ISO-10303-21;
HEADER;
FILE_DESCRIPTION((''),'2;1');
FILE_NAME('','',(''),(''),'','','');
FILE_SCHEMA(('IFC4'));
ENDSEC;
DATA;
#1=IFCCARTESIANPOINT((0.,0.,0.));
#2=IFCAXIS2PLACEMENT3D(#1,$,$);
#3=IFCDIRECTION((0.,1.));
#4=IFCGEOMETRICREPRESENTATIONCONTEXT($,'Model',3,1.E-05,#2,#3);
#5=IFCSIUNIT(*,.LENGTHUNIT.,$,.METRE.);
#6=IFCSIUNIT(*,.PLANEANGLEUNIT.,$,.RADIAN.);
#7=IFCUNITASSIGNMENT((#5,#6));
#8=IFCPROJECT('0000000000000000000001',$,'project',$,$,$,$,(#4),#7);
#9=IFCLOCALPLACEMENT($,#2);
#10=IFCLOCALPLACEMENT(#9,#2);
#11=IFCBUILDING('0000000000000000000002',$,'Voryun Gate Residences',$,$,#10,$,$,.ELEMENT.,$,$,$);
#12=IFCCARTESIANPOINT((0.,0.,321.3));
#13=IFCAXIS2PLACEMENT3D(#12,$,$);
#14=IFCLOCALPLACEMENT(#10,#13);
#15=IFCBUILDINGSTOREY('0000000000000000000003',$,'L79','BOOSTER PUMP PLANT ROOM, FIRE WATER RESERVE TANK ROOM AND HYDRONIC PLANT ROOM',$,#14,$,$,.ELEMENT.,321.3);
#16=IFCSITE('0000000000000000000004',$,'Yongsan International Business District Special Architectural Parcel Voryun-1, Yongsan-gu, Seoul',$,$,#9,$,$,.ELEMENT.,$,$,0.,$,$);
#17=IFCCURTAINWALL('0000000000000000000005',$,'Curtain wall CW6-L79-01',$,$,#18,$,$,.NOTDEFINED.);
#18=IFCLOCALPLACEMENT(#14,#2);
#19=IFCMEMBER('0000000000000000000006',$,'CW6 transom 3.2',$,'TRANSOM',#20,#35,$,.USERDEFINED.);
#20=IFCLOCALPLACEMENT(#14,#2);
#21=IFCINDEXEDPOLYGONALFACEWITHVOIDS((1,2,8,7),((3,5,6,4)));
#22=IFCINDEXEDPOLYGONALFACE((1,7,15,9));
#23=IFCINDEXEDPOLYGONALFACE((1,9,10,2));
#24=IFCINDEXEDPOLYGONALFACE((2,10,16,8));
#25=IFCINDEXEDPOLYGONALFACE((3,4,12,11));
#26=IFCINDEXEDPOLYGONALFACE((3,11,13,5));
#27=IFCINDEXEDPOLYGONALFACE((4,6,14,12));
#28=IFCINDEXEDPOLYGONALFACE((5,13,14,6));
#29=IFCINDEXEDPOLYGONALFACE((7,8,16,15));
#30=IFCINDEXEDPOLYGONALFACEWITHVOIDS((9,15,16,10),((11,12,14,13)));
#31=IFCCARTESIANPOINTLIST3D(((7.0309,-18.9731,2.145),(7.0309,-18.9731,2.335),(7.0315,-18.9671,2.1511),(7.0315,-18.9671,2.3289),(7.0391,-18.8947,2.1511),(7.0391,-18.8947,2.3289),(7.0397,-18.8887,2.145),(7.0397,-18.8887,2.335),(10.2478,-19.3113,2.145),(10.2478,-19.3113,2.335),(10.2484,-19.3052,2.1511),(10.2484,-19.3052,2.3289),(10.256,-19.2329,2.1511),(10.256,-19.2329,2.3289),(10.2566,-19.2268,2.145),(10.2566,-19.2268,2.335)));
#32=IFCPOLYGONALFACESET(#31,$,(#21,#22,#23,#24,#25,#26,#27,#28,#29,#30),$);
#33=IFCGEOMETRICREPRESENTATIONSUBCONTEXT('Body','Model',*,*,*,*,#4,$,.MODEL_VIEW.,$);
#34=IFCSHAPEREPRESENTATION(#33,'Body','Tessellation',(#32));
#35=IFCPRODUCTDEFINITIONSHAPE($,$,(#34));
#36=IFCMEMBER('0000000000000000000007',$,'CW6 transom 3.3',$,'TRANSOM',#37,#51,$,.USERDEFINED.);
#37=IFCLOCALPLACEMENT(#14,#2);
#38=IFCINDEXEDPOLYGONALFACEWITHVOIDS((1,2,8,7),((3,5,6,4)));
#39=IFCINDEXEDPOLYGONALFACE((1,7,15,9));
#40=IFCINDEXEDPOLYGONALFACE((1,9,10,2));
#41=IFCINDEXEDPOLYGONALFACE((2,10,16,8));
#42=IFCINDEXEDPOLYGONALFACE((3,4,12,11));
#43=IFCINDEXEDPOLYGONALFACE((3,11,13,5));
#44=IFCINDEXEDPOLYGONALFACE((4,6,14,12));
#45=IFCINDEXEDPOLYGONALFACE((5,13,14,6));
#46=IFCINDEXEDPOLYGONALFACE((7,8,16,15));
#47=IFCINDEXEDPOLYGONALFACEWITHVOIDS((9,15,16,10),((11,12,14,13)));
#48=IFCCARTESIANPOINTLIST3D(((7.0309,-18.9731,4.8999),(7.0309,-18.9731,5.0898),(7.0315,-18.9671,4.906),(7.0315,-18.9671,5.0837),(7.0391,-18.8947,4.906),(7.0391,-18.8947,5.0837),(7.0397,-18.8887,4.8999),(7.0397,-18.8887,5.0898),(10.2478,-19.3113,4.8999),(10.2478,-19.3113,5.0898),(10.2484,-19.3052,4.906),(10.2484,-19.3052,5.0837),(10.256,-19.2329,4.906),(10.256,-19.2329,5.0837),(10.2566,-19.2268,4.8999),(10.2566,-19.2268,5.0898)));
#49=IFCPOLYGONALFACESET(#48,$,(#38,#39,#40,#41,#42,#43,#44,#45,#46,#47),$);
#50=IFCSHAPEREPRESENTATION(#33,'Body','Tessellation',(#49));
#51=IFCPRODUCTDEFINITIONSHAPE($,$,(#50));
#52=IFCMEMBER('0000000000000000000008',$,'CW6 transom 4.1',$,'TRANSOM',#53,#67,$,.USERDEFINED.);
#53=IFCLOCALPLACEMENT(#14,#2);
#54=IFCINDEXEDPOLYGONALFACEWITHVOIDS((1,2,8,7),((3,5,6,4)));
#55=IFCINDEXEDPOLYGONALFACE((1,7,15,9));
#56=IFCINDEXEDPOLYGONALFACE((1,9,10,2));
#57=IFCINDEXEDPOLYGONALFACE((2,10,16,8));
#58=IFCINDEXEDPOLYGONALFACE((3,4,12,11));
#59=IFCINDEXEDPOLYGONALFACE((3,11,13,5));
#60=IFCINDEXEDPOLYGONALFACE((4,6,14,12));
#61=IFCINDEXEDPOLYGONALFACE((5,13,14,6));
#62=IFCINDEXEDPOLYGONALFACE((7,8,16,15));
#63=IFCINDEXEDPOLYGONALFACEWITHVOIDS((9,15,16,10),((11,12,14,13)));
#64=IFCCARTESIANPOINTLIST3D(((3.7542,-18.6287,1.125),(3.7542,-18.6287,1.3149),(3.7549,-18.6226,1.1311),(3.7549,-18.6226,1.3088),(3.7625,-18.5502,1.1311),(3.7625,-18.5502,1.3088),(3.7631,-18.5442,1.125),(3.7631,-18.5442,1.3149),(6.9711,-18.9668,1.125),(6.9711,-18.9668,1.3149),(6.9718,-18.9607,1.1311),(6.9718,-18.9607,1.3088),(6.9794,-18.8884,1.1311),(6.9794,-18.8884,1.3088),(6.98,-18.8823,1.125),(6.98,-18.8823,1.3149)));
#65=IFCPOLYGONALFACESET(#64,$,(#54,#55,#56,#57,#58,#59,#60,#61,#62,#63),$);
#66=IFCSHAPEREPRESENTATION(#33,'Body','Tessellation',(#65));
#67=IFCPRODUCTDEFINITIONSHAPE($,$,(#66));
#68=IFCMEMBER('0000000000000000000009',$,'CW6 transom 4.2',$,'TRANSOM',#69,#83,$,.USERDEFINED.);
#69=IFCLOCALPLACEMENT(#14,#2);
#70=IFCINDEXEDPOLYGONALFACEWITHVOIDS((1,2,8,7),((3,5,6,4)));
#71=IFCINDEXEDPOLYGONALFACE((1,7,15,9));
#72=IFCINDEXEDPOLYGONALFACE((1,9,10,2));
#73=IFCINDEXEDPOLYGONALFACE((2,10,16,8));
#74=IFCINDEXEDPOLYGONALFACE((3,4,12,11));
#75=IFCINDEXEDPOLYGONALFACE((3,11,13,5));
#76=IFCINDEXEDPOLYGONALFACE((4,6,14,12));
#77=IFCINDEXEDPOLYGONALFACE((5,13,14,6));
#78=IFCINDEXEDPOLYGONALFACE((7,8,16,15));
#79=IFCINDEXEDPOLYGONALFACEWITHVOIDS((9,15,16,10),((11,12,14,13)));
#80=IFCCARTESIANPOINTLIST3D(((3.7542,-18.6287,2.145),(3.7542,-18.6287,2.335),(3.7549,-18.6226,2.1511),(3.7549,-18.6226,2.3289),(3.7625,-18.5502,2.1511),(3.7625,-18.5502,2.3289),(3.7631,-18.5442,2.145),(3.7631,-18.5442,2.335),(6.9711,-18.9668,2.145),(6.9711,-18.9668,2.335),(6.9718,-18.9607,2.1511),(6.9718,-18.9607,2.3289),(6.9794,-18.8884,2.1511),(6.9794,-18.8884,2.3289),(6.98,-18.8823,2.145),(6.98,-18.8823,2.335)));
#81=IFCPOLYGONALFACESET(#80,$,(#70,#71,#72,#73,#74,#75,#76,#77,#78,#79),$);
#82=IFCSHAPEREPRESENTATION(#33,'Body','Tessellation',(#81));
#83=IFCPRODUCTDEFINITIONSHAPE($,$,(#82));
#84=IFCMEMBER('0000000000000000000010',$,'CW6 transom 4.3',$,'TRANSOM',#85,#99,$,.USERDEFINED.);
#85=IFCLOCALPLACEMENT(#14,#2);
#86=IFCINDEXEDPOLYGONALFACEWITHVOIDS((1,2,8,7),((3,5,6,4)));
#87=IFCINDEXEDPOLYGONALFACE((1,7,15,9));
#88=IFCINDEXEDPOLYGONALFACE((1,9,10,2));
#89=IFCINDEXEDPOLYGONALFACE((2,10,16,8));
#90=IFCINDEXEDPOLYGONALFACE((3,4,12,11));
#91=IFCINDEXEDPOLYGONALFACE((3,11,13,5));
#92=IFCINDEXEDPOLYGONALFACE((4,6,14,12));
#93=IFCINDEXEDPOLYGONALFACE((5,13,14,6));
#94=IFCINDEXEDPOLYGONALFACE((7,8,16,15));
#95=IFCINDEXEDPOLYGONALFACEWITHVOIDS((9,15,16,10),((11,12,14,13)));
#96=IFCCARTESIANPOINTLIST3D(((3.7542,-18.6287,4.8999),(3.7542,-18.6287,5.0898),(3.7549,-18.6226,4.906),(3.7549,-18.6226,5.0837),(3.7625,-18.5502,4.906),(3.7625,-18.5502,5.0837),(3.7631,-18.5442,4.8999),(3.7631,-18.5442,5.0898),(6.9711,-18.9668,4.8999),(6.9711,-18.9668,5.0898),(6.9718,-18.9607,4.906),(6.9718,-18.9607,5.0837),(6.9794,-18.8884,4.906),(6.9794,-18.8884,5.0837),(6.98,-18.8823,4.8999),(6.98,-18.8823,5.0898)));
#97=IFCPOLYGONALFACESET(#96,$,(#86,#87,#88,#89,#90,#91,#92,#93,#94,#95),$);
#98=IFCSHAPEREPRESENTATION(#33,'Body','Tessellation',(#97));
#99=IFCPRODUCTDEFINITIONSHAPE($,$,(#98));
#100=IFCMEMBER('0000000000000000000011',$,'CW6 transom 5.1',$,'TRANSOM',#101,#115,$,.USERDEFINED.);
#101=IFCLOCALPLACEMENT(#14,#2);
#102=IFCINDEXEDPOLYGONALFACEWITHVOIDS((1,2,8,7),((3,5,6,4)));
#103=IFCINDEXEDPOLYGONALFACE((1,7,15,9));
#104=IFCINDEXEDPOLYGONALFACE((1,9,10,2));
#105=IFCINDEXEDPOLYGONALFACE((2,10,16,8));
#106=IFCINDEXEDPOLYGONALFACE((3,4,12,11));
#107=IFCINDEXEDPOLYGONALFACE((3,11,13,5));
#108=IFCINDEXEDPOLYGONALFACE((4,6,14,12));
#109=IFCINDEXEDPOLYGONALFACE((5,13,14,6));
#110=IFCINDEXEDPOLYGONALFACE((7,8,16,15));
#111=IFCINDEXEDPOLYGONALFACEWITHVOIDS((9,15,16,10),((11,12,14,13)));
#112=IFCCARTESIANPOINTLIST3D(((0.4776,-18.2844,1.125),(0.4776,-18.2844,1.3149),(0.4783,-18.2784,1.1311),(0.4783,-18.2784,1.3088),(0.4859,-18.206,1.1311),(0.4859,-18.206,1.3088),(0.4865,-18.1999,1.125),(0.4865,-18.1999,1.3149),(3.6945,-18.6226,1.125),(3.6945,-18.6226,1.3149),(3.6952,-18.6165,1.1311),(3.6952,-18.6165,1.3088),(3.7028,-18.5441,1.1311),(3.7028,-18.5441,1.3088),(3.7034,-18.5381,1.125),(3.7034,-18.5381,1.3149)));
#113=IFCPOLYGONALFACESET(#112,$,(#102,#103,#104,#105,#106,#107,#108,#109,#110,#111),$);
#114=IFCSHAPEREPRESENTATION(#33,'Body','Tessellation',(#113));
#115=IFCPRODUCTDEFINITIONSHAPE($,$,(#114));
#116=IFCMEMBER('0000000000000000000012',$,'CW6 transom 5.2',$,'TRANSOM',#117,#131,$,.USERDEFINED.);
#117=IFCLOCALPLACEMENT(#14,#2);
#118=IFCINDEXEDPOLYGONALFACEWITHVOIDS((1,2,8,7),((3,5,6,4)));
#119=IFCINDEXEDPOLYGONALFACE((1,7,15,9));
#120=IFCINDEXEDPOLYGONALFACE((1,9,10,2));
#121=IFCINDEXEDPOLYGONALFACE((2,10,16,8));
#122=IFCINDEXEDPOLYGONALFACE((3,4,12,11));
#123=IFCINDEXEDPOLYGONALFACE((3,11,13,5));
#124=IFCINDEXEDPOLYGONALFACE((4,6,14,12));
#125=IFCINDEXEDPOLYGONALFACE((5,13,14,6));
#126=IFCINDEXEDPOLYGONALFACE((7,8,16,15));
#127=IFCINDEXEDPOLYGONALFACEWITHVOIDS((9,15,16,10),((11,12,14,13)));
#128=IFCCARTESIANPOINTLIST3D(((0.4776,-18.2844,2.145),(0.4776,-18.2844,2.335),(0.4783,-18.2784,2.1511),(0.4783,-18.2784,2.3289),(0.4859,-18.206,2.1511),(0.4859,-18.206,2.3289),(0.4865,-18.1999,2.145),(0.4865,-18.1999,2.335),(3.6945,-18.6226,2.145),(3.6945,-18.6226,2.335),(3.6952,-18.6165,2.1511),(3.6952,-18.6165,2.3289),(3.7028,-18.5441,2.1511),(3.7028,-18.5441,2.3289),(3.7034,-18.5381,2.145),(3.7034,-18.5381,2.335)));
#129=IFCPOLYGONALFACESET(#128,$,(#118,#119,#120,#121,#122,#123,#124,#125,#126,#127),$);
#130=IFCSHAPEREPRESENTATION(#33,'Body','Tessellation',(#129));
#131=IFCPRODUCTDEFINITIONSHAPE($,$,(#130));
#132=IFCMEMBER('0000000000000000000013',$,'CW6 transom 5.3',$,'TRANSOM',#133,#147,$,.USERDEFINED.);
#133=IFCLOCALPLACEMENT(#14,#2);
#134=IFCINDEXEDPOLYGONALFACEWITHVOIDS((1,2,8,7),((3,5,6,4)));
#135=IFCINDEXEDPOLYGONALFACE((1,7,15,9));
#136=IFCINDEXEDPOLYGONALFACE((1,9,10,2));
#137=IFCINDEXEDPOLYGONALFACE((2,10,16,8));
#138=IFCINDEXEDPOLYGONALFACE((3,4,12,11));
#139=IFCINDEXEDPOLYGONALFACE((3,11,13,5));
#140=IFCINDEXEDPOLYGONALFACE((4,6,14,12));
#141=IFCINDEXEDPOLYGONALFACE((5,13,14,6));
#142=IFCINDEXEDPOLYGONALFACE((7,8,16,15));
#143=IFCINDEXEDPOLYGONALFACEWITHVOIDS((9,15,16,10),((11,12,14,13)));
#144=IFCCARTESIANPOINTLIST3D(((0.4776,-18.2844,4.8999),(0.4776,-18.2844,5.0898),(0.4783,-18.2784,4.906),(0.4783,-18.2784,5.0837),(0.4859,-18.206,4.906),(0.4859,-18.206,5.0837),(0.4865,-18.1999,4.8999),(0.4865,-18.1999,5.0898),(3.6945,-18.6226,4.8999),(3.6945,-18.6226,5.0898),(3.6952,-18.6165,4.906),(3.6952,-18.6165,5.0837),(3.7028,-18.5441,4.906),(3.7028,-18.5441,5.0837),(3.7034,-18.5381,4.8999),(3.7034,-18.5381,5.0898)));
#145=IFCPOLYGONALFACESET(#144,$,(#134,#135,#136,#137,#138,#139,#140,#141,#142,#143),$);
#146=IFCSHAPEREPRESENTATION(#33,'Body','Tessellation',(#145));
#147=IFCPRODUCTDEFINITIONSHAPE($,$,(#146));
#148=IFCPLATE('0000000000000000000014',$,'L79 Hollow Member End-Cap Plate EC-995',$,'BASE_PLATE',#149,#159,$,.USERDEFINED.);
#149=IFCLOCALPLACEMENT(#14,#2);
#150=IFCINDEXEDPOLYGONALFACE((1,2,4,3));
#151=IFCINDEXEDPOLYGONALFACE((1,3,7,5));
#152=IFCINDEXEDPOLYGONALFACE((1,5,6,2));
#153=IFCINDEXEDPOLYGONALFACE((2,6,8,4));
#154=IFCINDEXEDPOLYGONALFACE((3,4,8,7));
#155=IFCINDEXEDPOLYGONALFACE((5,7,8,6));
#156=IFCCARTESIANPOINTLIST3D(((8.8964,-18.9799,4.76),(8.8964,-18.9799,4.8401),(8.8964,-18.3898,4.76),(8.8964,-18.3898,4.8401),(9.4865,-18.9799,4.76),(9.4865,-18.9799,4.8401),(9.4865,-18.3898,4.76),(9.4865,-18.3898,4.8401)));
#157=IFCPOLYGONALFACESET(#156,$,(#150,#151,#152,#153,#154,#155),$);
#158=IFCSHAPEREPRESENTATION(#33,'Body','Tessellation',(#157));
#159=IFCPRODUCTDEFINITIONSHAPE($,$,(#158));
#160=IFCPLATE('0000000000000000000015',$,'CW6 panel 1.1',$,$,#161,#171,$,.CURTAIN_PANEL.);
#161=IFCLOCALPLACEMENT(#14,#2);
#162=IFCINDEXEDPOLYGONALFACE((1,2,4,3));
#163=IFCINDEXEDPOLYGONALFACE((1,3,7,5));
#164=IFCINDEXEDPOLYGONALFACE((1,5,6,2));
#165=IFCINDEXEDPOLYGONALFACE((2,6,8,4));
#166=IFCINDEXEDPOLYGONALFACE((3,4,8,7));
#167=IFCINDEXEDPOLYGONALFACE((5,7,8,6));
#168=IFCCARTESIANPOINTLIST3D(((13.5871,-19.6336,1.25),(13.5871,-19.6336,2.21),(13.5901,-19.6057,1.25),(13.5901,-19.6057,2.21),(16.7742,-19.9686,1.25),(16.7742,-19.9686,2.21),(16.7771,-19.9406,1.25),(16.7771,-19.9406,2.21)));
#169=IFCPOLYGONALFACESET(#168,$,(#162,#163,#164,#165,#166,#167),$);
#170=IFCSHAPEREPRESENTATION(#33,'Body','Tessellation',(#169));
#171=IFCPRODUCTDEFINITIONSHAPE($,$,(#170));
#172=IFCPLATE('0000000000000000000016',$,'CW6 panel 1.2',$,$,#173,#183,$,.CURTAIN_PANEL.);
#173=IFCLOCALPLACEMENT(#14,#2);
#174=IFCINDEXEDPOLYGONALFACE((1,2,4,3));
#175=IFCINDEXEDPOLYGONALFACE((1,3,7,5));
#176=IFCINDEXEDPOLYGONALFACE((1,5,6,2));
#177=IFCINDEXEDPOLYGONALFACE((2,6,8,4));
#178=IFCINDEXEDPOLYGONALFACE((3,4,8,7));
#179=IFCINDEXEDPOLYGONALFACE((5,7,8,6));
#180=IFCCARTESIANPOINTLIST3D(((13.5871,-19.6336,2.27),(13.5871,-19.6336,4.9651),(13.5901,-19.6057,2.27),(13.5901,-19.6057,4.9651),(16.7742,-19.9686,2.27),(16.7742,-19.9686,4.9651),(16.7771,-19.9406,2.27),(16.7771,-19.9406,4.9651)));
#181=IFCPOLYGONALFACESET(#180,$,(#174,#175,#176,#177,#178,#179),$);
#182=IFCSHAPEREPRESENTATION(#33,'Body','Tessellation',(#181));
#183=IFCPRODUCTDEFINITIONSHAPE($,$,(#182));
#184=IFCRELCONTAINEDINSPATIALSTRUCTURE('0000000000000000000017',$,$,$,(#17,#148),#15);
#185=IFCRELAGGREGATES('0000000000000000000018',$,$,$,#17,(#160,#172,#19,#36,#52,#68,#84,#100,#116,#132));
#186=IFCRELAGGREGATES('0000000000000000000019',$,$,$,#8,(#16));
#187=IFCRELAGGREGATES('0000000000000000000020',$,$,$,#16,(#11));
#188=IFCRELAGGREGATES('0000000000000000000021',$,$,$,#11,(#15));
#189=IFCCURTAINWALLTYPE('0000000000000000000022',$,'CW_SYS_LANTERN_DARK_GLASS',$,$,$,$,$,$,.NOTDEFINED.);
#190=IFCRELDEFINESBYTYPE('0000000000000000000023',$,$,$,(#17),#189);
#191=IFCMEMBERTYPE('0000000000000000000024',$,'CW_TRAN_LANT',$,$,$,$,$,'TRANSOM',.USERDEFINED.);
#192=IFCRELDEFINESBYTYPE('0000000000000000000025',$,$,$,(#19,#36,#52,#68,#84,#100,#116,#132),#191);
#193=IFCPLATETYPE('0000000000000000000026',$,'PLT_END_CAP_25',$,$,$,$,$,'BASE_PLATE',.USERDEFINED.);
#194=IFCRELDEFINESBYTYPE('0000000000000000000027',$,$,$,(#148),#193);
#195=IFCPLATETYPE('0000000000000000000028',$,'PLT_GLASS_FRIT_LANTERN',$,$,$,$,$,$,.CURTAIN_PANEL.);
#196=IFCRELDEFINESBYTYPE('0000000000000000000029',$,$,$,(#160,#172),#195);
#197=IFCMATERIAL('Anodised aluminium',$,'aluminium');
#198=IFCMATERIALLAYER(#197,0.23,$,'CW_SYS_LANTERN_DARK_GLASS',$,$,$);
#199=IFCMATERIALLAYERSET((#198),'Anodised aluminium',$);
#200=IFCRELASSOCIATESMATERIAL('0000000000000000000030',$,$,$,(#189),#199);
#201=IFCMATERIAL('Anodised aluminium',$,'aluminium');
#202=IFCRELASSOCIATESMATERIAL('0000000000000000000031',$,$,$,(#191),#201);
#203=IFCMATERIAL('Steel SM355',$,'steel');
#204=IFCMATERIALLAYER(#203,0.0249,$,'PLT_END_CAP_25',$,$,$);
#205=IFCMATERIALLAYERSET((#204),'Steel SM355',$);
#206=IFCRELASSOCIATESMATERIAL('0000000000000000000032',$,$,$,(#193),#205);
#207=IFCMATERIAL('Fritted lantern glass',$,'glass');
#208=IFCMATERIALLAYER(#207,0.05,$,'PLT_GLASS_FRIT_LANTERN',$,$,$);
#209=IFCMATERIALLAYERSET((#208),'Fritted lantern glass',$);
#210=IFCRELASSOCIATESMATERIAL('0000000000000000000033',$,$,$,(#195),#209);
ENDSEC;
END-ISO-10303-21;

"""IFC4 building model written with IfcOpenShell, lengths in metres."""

from ifc_helpers import new_model, si_unit, direction, frame, origin, origin_2d, place, context, subcontext, project, spatial, rectangle, hollow_rectangle, extrude, material, layer, layer_set, material_profile, profile_set, type_object, element, aggregate, save


model = new_model("IFC4")

# Units and contexts
model_context = context("Model", 3, precision=1e-05, world=origin(), true_north=direction((0.0, 1.0)))
body_context = subcontext(model_context, "Body", "Model", "MODEL_VIEW")
ifc_project = project(units=[si_unit("LENGTHUNIT", "METRE"), si_unit("PLANEANGLEUNIT", "RADIAN")], contexts=[model_context])

# Site, building, storey
site_placement = place(None, origin())
site = spatial("IfcSite", under=ifc_project, at=site_placement, Name="Yongsan International Business District Special Architectural Parcel Voryun-1, Yongsan-gu, Seoul", CompositionType="ELEMENT", RefElevation=0.0)
building_placement = place(site_placement, origin())
building = spatial("IfcBuilding", under=site, at=building_placement, Name="Voryun Gate Residences", CompositionType="ELEMENT")
storey_placement = place(building_placement, frame((0.0, 0.0, 321.3)))
storey = spatial("IfcBuildingStorey", under=building, at=storey_placement, Name="L79", Description="BOOSTER PUMP PLANT ROOM, FIRE WATER RESERVE TANK ROOM AND HYDRONIC PLANT ROOM", CompositionType="ELEMENT", Elevation=321.3)

# Curtain wall, members
ifc_material_1 = material(Name="Anodised aluminium", Category="aluminium")
ifc_layer_1 = layer(ifc_material_1, 0.23, Name="CW_SYS_LANTERN_DARK_GLASS")
ifc_layer_set_1 = layer_set([ifc_layer_1], Name="Anodised aluminium")
curtain_wall_type = type_object("IfcCurtainWallType", Name="CW_SYS_LANTERN_DARK_GLASS", PredefinedType="NOTDEFINED", material=ifc_layer_set_1)
curtain_wall_placement = place(storey_placement, origin())
curtain_wall = element("IfcCurtainWall", 1, at=curtain_wall_placement, inside=storey, type_object=curtain_wall_type, Name="Curtain wall CW6-L79-01", PredefinedType="NOTDEFINED")
ifc_material_2 = material(Name="Anodised aluminium", Category="aluminium")
ifc_material_profile_1 = material_profile(ifc_material_2, hollow_rectangle(XDim=0.085, YDim=0.1899, WallThickness=0.0061, at=origin_2d()), Name="ALU-TRAN-190x85x6")
ifc_profile_set_1 = profile_set([ifc_material_profile_1], Name="Anodised aluminium")
member_type_1 = type_object("IfcMemberType", Name="CW_TRAN_LANT", ElementType="TRANSOM", PredefinedType="USERDEFINED", material=ifc_profile_set_1)
member_1_placement = place(storey_placement, frame((10.2522, -19.269, 2.24), z_axis=(-0.994521, 0.104539, 0.0), x_axis=(-0.104539, -0.994521, 0.0)))
member_1 = element("IfcMember", 2, at=member_1_placement, type_object=member_type_1, Name="CW6 transom 3.2", ObjectType="TRANSOM", PredefinedType="USERDEFINED", context=body_context, shape_type="SweptSolid", body=[
    extrude(hollow_rectangle(XDim=0.085, YDim=0.1899, WallThickness=0.0061, at=origin_2d()), origin(), (0.0, 0.0, 1.0), 3.2346),
])
member_2_placement = place(storey_placement, frame((10.2522, -19.269, 4.9949), z_axis=(-0.994521, 0.104539, 0.0), x_axis=(-0.104539, -0.994521, 0.0)))
member_2 = element("IfcMember", 3, at=member_2_placement, type_object=member_type_1, Name="CW6 transom 3.3", ObjectType="TRANSOM", PredefinedType="USERDEFINED", context=body_context, shape_type="SweptSolid", body=[
    extrude(hollow_rectangle(XDim=0.085, YDim=0.1899, WallThickness=0.0061, at=origin_2d()), origin(), (0.0, 0.0, 1.0), 3.2346),
])
member_3_placement = place(storey_placement, frame((6.9756, -18.9246, 1.22), z_axis=(-0.994521, 0.104539, 0.0), x_axis=(-0.104539, -0.994521, 0.0)))
member_3 = element("IfcMember", 4, at=member_3_placement, type_object=member_type_1, Name="CW6 transom 4.1", ObjectType="TRANSOM", PredefinedType="USERDEFINED", context=body_context, shape_type="SweptSolid", body=[
    extrude(hollow_rectangle(XDim=0.085, YDim=0.1899, WallThickness=0.0061, at=origin_2d()), origin(), (0.0, 0.0, 1.0), 3.2346),
])
member_4_placement = place(storey_placement, frame((6.9756, -18.9246, 2.24), z_axis=(-0.994521, 0.104539, 0.0), x_axis=(-0.104539, -0.994521, 0.0)))
member_4 = element("IfcMember", 5, at=member_4_placement, type_object=member_type_1, Name="CW6 transom 4.2", ObjectType="TRANSOM", PredefinedType="USERDEFINED", context=body_context, shape_type="SweptSolid", body=[
    extrude(hollow_rectangle(XDim=0.085, YDim=0.1899, WallThickness=0.0061, at=origin_2d()), origin(), (0.0, 0.0, 1.0), 3.2346),
])
member_5_placement = place(storey_placement, frame((6.9756, -18.9246, 4.9949), z_axis=(-0.994521, 0.104539, 0.0), x_axis=(-0.104539, -0.994521, 0.0)))
member_5 = element("IfcMember", 6, at=member_5_placement, type_object=member_type_1, Name="CW6 transom 4.3", ObjectType="TRANSOM", PredefinedType="USERDEFINED", context=body_context, shape_type="SweptSolid", body=[
    extrude(hollow_rectangle(XDim=0.085, YDim=0.1899, WallThickness=0.0061, at=origin_2d()), origin(), (0.0, 0.0, 1.0), 3.2346),
])
member_6_placement = place(storey_placement, frame((3.699, -18.5803, 1.22), z_axis=(-0.994521, 0.104539, 0.0), x_axis=(-0.104539, -0.994521, 0.0)))
member_6 = element("IfcMember", 7, at=member_6_placement, type_object=member_type_1, Name="CW6 transom 5.1", ObjectType="TRANSOM", PredefinedType="USERDEFINED", context=body_context, shape_type="SweptSolid", body=[
    extrude(hollow_rectangle(XDim=0.085, YDim=0.1899, WallThickness=0.0061, at=origin_2d()), origin(), (0.0, 0.0, 1.0), 3.2346),
])
member_7_placement = place(storey_placement, frame((3.699, -18.5803, 2.24), z_axis=(-0.994521, 0.104539, 0.0), x_axis=(-0.104539, -0.994521, 0.0)))
member_7 = element("IfcMember", 8, at=member_7_placement, type_object=member_type_1, Name="CW6 transom 5.2", ObjectType="TRANSOM", PredefinedType="USERDEFINED", context=body_context, shape_type="SweptSolid", body=[
    extrude(hollow_rectangle(XDim=0.085, YDim=0.1899, WallThickness=0.0061, at=origin_2d()), origin(), (0.0, 0.0, 1.0), 3.2346),
])
member_8_placement = place(storey_placement, frame((3.699, -18.5803, 4.9949), z_axis=(-0.994521, 0.104539, 0.0), x_axis=(-0.104539, -0.994521, 0.0)))
member_8 = element("IfcMember", 9, at=member_8_placement, type_object=member_type_1, Name="CW6 transom 5.3", ObjectType="TRANSOM", PredefinedType="USERDEFINED", context=body_context, shape_type="SweptSolid", body=[
    extrude(hollow_rectangle(XDim=0.085, YDim=0.1899, WallThickness=0.0061, at=origin_2d()), origin(), (0.0, 0.0, 1.0), 3.2346),
])

# Plates
ifc_material_3 = material(Name="Steel SM355", Category="steel")
ifc_layer_2 = layer(ifc_material_3, 0.0249, Name="PLT_END_CAP_25")
ifc_layer_set_2 = layer_set([ifc_layer_2], Name="Steel SM355")
plate_type_1 = type_object("IfcPlateType", Name="PLT_END_CAP_25", ElementType="BASE_PLATE", PredefinedType="USERDEFINED", material=ifc_layer_set_2)
plate_1_placement = place(storey_placement, frame((9.1914, -18.6848, 4.76), z_axis=(0.0, 0.0, 1.0), x_axis=(1.0, 0.0, 0.0)))
element("IfcPlate", 10, at=plate_1_placement, inside=storey, type_object=plate_type_1, Name="L79 Hollow Member End-Cap Plate EC-995", ObjectType="BASE_PLATE", PredefinedType="USERDEFINED", context=body_context, shape_type="SweptSolid", body=[
    extrude(rectangle(XDim=0.5901, YDim=0.5901, at=origin_2d()), origin(), (0.0, 0.0, 1.0), 0.0801),
])
ifc_material_4 = material(Name="Fritted lantern glass", Category="glass")
ifc_layer_3 = layer(ifc_material_4, 0.05, Name="PLT_GLASS_FRIT_LANTERN")
ifc_layer_set_3 = layer_set([ifc_layer_3], Name="Fritted lantern glass")
plate_type_2 = type_object("IfcPlateType", Name="PLT_GLASS_FRIT_LANTERN", PredefinedType="CURTAIN_PANEL", material=ifc_layer_set_3)
plate_2_placement = place(storey_placement, frame((15.1821, -19.7871, 1.25), z_axis=(0.0, 0.0, 1.0), x_axis=(-0.994522, 0.104528, 0.0)))
plate_2 = element("IfcPlate", 11, at=plate_2_placement, type_object=plate_type_2, Name="CW6 panel 1.1", PredefinedType="CURTAIN_PANEL", context=body_context, shape_type="SweptSolid", body=[
    extrude(rectangle(XDim=3.2046, YDim=0.0281, at=origin_2d()), origin(), (0.0, 0.0, 1.0), 0.96),
])
plate_3_placement = place(storey_placement, frame((15.1821, -19.7871, 2.27), z_axis=(0.0, 0.0, 1.0), x_axis=(-0.994522, 0.104528, 0.0)))
plate_3 = element("IfcPlate", 12, at=plate_3_placement, type_object=plate_type_2, Name="CW6 panel 1.2", PredefinedType="CURTAIN_PANEL", context=body_context, shape_type="SweptSolid", body=[
    extrude(rectangle(XDim=3.2046, YDim=0.0281, at=origin_2d()), origin(), (0.0, 0.0, 1.0), 2.6951),
])
aggregate(curtain_wall, [plate_2, plate_3, member_1, member_2, member_3, member_4, member_5, member_6, member_7, member_8])

save(model, "model.ifc")
